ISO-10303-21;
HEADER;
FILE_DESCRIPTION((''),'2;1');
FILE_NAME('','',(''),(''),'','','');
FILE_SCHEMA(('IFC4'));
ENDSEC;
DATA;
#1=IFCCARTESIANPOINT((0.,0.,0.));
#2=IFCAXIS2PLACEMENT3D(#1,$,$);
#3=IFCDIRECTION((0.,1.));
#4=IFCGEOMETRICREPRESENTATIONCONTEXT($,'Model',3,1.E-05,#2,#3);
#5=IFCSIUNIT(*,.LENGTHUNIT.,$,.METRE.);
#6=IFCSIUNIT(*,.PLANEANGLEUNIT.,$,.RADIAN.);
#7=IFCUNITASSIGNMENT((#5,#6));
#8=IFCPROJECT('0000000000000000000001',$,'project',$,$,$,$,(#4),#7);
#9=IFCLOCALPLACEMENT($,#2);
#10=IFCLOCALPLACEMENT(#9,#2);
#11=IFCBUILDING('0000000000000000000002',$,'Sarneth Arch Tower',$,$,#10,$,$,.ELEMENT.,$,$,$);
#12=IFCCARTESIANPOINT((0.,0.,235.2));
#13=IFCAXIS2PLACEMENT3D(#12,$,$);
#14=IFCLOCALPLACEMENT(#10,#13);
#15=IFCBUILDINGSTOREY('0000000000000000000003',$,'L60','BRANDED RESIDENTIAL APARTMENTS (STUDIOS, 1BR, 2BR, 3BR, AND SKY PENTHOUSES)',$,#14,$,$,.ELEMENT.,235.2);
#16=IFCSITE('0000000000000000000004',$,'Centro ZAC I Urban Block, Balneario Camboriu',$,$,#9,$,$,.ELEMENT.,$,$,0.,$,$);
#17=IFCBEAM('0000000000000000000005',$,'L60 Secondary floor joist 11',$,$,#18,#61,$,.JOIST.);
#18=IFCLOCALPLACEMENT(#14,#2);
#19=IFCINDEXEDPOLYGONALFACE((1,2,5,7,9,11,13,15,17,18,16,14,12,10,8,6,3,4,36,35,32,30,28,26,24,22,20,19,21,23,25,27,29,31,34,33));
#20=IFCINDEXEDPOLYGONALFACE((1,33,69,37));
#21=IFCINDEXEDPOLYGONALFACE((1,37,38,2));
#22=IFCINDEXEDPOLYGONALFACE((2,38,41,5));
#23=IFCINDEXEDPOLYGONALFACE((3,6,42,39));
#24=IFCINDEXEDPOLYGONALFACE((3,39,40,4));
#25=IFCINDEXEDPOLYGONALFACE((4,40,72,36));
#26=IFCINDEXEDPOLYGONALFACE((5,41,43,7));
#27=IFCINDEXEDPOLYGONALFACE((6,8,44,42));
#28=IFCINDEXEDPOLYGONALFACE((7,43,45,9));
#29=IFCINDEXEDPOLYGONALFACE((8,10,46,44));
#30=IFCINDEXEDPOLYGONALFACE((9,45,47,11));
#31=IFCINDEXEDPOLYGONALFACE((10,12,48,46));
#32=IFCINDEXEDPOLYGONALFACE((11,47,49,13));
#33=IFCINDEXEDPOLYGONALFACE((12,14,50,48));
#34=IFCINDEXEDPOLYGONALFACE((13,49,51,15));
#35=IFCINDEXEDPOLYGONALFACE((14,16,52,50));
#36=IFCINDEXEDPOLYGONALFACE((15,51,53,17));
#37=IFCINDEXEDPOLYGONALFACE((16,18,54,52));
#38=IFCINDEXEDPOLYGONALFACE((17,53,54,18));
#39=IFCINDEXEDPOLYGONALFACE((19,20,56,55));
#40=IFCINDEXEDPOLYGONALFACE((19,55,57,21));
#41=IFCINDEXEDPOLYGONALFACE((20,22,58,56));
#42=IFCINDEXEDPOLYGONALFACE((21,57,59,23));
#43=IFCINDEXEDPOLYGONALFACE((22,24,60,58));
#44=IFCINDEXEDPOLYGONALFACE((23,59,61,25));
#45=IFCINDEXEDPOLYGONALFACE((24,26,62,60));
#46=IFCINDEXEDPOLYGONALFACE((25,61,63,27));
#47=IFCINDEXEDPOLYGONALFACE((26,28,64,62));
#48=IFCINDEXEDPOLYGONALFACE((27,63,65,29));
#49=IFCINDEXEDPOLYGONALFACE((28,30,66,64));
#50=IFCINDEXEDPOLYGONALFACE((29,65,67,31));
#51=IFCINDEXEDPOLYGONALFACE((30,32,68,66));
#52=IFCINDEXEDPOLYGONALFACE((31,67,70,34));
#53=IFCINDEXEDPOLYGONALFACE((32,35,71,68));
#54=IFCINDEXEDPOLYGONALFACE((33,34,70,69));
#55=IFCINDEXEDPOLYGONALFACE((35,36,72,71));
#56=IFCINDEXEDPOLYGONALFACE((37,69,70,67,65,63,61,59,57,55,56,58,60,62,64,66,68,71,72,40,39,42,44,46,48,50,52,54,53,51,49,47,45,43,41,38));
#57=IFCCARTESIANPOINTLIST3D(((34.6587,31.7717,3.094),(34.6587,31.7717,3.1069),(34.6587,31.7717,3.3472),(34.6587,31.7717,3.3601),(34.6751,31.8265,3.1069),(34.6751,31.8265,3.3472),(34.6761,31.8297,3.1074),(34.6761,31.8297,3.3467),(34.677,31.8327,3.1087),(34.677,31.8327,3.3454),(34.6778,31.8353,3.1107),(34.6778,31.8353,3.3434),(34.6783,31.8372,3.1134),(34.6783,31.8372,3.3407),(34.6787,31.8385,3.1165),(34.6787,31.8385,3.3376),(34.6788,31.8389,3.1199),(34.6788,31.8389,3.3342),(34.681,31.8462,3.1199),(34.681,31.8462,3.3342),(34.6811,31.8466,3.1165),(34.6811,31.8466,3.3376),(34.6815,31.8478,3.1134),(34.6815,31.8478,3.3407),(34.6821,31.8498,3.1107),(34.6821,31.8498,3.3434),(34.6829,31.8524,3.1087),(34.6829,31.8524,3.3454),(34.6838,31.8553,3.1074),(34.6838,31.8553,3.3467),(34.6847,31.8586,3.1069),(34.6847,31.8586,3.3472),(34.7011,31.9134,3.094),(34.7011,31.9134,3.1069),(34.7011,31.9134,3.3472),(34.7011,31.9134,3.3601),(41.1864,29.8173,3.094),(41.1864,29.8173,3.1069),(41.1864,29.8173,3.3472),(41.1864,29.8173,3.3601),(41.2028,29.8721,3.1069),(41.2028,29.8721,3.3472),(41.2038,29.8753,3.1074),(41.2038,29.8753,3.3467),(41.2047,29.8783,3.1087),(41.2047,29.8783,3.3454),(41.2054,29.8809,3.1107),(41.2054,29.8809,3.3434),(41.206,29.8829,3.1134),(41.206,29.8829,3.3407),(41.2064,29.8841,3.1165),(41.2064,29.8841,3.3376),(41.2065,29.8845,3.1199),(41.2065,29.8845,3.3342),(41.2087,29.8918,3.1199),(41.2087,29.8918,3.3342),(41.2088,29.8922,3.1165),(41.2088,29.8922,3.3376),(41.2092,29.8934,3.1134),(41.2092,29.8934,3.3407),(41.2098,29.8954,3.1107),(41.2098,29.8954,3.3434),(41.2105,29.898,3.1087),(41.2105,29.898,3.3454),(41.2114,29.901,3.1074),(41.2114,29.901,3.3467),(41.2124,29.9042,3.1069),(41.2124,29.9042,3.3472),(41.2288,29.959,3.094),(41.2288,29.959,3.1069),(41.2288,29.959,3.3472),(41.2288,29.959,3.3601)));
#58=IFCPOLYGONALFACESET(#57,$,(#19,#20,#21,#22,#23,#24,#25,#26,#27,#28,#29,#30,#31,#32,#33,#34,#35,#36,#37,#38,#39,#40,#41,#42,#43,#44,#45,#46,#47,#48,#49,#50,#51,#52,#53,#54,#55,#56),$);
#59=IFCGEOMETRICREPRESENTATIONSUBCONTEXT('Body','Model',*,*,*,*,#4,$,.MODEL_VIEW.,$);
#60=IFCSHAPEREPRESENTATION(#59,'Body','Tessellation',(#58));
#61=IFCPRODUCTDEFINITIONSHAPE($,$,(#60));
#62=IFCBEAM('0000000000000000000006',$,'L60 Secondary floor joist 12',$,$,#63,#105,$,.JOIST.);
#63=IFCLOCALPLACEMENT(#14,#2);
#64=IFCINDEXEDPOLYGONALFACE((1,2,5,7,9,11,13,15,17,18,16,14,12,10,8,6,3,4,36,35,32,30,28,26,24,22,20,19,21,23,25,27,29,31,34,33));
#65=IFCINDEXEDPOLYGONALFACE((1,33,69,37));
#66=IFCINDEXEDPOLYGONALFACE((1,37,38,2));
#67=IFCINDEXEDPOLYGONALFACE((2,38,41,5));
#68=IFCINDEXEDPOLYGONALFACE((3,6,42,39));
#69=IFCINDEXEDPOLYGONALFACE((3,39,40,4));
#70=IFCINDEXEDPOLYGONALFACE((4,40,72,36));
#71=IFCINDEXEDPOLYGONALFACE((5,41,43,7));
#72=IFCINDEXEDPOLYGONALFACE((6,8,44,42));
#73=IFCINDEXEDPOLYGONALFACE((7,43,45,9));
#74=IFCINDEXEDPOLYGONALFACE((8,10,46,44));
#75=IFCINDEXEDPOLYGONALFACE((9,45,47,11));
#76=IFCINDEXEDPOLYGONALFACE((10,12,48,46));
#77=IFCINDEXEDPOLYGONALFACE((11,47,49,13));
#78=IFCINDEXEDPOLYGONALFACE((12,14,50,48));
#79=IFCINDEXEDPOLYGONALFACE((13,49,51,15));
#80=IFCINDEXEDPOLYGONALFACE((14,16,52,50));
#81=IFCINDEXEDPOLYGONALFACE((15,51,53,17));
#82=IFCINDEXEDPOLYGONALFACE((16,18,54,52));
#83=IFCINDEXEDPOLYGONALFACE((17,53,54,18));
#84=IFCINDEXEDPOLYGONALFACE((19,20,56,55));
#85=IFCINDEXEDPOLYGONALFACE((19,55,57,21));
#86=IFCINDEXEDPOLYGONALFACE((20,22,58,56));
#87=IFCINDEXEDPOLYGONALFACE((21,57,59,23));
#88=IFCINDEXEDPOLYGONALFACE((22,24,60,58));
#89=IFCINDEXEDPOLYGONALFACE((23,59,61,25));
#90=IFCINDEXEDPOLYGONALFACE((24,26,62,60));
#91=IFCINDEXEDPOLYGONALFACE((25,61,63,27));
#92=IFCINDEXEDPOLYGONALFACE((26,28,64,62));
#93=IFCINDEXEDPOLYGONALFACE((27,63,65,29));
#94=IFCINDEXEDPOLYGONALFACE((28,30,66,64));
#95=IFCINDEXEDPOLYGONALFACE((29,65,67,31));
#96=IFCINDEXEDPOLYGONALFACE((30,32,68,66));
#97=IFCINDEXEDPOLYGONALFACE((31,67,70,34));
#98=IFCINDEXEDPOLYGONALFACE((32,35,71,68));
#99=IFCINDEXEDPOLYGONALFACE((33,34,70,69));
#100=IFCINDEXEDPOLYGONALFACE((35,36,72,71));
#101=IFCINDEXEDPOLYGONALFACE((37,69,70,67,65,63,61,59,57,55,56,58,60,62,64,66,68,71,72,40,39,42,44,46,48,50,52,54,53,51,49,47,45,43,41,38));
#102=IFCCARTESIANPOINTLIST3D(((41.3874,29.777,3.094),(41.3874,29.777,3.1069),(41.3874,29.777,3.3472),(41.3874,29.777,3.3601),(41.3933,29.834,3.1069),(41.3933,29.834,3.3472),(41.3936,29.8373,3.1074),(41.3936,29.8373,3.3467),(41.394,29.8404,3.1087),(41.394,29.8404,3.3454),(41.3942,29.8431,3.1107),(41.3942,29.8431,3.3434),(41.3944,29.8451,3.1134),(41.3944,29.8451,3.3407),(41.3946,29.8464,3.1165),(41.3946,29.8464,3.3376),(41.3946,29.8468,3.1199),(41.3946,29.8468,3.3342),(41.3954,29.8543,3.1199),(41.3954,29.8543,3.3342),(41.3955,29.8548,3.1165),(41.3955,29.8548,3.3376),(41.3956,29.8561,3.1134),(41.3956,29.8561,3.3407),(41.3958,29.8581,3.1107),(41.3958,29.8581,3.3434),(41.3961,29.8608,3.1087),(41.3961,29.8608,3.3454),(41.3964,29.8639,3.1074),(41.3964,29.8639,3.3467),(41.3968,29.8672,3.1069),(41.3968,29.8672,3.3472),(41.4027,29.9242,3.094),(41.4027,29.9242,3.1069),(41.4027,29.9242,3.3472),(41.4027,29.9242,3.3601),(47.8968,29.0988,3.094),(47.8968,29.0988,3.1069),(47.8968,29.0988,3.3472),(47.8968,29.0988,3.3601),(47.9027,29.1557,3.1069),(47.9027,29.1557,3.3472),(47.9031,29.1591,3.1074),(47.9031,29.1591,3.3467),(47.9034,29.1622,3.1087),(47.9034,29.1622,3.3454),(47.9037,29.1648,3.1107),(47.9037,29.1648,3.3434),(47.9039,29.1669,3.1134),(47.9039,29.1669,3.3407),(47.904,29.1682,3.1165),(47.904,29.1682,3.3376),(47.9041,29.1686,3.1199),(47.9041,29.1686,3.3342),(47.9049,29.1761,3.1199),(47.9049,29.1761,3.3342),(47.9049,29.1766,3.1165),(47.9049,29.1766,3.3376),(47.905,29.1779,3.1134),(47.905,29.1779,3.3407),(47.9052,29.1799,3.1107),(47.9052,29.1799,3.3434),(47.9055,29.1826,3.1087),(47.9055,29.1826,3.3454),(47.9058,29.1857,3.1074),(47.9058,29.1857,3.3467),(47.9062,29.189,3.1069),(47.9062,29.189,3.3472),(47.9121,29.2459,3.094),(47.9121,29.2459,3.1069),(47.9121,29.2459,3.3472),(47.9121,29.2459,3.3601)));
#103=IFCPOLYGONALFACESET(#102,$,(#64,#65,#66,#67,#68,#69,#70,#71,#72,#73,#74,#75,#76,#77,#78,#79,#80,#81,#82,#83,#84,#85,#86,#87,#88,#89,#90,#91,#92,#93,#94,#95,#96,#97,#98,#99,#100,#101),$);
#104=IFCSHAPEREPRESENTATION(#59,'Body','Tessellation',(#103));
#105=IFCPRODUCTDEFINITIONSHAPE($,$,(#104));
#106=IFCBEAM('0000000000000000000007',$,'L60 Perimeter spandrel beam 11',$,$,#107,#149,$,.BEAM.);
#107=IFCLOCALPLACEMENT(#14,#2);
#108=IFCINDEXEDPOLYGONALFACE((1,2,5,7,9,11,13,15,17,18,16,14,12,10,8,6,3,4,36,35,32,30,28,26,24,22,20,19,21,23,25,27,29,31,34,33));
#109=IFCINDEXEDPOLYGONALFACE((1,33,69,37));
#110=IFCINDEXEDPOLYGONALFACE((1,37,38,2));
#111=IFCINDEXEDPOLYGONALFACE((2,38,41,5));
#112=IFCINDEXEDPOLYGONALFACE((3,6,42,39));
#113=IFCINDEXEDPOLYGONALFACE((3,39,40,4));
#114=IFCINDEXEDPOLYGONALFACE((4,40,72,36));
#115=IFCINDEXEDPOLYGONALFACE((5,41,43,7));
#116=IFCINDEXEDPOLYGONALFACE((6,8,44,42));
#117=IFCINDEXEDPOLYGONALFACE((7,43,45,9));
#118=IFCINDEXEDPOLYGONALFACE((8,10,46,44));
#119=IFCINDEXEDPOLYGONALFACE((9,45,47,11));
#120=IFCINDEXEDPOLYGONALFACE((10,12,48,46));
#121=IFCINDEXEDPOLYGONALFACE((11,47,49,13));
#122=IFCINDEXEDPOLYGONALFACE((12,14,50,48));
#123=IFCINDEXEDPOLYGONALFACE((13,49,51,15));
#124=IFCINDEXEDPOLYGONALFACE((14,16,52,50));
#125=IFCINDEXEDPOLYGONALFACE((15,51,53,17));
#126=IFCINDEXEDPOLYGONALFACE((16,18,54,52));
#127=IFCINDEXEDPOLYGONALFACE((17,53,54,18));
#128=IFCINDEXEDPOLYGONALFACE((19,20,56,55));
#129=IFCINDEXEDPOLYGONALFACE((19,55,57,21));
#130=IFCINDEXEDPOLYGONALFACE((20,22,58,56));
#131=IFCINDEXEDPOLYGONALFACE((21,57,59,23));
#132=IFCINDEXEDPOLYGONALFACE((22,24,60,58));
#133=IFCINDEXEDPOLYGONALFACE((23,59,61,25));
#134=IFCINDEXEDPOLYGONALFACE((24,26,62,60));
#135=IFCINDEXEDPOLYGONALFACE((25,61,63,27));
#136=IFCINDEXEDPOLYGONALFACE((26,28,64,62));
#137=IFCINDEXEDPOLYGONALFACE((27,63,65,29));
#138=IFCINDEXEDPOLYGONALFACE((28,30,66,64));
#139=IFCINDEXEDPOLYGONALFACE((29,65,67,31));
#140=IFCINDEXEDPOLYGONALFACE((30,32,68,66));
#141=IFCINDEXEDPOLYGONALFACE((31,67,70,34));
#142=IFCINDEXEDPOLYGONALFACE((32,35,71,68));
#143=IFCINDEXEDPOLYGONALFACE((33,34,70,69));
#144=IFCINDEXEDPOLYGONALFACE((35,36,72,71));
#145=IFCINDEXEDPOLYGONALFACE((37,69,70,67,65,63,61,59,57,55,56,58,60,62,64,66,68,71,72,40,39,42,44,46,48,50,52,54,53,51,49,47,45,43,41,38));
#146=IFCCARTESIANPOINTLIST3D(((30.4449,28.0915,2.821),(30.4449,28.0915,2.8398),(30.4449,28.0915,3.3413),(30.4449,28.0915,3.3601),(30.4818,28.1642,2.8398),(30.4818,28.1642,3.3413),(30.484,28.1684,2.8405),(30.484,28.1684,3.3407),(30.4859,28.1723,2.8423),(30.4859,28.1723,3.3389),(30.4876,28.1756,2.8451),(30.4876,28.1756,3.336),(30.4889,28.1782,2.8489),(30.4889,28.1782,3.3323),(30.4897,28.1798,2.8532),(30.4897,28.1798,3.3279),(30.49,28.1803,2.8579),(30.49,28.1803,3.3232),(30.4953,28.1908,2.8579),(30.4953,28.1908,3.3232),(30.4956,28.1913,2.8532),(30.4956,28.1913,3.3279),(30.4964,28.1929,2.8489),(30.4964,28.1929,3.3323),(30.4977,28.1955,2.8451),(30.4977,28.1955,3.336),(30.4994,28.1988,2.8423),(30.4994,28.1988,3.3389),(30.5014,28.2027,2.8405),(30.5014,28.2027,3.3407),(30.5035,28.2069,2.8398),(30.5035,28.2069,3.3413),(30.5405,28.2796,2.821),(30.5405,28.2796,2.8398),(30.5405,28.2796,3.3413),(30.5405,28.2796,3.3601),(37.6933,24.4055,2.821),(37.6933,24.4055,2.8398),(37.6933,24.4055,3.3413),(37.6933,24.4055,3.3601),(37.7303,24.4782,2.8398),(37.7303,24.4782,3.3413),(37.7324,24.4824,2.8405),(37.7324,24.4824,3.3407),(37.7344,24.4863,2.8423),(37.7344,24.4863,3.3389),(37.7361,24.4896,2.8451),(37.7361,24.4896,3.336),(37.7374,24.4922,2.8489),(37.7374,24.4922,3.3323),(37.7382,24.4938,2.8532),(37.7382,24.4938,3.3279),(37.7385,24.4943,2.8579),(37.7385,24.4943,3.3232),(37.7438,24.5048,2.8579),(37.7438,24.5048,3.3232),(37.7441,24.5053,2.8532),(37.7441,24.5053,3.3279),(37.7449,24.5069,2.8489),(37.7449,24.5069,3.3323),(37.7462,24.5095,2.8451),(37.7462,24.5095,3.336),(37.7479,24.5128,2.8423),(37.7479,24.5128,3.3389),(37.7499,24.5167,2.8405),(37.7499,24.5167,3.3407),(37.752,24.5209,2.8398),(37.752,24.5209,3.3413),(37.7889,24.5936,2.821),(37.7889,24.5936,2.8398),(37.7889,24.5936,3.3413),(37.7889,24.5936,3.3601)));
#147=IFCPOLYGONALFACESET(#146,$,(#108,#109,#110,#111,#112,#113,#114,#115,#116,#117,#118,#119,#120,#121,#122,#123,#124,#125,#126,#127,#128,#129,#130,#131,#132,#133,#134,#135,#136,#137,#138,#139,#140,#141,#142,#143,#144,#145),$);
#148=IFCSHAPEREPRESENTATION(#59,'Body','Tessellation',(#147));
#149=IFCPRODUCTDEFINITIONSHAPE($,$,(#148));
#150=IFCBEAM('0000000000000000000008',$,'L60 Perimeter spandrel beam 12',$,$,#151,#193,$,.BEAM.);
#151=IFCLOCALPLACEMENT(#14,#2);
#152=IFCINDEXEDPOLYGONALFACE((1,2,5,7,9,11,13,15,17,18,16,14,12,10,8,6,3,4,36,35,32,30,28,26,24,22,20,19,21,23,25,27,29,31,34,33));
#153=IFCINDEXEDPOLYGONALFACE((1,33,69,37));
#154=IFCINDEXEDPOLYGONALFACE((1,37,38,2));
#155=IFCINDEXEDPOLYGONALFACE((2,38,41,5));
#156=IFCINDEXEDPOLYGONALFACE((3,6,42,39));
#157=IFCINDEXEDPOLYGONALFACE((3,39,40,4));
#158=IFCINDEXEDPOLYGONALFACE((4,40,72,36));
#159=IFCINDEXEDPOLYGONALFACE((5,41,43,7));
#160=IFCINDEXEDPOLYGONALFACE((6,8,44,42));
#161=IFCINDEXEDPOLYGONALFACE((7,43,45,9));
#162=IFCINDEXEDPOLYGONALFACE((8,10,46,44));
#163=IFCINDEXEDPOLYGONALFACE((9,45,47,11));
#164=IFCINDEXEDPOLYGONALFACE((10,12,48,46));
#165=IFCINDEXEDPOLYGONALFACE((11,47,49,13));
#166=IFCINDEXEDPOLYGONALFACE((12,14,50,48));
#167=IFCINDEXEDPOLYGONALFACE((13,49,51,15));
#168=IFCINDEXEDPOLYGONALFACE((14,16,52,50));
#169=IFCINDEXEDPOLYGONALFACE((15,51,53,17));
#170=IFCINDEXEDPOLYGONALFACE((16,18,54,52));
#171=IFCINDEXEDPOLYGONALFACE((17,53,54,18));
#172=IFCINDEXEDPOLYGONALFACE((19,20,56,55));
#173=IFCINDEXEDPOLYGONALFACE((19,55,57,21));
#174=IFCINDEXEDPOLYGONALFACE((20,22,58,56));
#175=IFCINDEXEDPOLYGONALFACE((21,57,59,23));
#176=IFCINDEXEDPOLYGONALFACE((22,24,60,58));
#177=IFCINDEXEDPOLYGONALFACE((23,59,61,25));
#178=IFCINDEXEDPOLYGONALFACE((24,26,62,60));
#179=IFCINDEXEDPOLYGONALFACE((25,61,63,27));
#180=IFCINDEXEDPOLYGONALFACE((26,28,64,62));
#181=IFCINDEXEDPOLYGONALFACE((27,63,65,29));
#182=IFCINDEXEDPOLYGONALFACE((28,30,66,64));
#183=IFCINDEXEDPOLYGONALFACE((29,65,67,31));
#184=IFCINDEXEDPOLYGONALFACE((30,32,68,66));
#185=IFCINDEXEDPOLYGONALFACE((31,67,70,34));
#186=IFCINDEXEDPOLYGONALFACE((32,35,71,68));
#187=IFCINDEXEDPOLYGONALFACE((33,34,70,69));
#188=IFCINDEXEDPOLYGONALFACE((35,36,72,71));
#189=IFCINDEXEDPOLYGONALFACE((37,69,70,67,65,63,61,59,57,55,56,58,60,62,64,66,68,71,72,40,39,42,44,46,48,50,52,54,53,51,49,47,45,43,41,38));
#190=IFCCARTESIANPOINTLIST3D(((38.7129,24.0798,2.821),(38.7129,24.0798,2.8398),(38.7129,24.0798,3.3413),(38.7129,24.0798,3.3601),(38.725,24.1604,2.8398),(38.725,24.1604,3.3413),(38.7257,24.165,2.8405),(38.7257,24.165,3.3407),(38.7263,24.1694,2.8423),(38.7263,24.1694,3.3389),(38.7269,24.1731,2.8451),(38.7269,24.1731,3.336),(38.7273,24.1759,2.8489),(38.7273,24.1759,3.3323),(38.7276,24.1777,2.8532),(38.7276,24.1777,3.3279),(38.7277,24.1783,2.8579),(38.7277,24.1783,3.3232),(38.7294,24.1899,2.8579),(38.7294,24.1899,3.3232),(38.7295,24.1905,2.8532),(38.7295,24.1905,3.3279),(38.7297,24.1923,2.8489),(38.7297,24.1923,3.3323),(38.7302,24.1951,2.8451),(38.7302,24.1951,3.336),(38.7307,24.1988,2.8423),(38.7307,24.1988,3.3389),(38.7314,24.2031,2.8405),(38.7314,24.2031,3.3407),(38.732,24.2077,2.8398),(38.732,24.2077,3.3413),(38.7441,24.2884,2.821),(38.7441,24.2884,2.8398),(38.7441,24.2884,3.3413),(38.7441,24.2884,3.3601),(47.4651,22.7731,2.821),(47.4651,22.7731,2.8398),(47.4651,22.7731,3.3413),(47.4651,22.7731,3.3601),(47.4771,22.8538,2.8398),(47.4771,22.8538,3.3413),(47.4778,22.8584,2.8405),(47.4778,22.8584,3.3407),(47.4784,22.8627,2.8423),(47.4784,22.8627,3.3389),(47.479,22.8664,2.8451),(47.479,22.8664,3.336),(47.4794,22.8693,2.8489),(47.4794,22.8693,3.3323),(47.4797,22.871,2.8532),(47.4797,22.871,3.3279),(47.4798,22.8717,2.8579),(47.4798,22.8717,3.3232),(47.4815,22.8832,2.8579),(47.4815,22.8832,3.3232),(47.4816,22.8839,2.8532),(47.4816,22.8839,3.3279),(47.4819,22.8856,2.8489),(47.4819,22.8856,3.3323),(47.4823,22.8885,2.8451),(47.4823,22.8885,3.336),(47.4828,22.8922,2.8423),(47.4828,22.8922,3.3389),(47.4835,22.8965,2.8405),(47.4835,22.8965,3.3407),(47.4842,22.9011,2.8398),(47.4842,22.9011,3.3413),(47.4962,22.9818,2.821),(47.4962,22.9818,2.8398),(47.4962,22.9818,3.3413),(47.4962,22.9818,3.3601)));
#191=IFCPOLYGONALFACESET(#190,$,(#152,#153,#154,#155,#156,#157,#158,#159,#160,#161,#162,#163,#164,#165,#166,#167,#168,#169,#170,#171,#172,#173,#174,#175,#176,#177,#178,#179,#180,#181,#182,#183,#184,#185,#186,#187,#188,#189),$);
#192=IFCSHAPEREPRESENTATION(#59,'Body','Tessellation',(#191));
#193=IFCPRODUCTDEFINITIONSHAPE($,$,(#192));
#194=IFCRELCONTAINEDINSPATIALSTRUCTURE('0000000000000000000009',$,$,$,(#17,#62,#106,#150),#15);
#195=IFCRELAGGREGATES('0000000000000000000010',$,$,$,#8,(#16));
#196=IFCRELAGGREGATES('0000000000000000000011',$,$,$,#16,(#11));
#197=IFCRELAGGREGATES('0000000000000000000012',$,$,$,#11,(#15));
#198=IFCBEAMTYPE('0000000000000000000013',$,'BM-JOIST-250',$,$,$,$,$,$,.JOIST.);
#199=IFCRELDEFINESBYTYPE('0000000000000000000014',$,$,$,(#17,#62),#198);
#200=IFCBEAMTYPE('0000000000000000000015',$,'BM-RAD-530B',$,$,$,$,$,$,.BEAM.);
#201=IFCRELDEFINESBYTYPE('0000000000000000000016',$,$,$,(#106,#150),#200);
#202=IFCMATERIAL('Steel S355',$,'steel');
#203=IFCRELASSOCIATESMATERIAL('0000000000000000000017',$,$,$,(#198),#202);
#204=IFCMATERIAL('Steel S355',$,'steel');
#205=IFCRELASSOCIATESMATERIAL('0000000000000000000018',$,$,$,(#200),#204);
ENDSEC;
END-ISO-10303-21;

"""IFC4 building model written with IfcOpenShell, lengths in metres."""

from ifc_helpers import new_model, si_unit, direction, frame, origin, origin_2d, place, context, subcontext, project, spatial, i_section, extrude, material, material_profile, profile_set, type_object, element, save


model = new_model("IFC4")

# Units and contexts
model_context = context("Model", 3, precision=1e-05, world=origin(), true_north=direction((0.0, 1.0)))
body_context = subcontext(model_context, "Body", "Model", "MODEL_VIEW")
ifc_project = project(units=[si_unit("LENGTHUNIT", "METRE"), si_unit("PLANEANGLEUNIT", "RADIAN")], contexts=[model_context])

# Site, building, storey
site_placement = place(None, origin())
site = spatial("IfcSite", under=ifc_project, at=site_placement, Name="Centro ZAC I Urban Block, Balneario Camboriu", CompositionType="ELEMENT", RefElevation=0.0)
building_placement = place(site_placement, origin())
building = spatial("IfcBuilding", under=site, at=building_placement, Name="Sarneth Arch Tower", CompositionType="ELEMENT")
storey_placement = place(building_placement, frame((0.0, 0.0, 235.2)))
storey = spatial("IfcBuildingStorey", under=building, at=storey_placement, Name="L60", Description="BRANDED RESIDENTIAL APARTMENTS (STUDIOS, 1BR, 2BR, 3BR, AND SKY PENTHOUSES)", CompositionType="ELEMENT", Elevation=235.2)

# Beams
ifc_material_1 = material(Name="Steel S355", Category="steel")
ifc_material_profile_1 = material_profile(ifc_material_1, i_section(OverallWidth=0.1479, OverallDepth=0.2661, WebThickness=0.0076, FlangeThickness=0.0129, FilletRadius=0.0129, at=origin_2d()), Name="W250x44.8")
ifc_profile_set_1 = profile_set([ifc_material_profile_1], Name="Steel S355")
beam_type_1 = type_object("IfcBeamType", Name="BM-JOIST-250", PredefinedType="JOIST", material=ifc_profile_set_1)
beam_1_placement = place(storey_placement, frame((34.6799, 31.8425, 3.2271), z_axis=(0.957985, -0.286819, 0.0), x_axis=(0.286819, 0.957985, 0.0)))
element("IfcBeam", 1, at=beam_1_placement, inside=storey, type_object=beam_type_1, Name="L60 Secondary floor joist 11", PredefinedType="JOIST", context=body_context, shape_type="SweptSolid", body=[
    extrude(i_section(OverallWidth=0.1479, OverallDepth=0.2661, WebThickness=0.0076, FlangeThickness=0.0129, FilletRadius=0.0129, at=origin_2d()), origin(), (0.0, 0.0, 1.0), 6.814),
])
beam_2_placement = place(storey_placement, frame((41.395, 29.8506, 3.2271), z_axis=(0.994616, -0.103628, 0.0), x_axis=(0.103628, 0.994616, 0.0)))
element("IfcBeam", 2, at=beam_2_placement, inside=storey, type_object=beam_type_1, Name="L60 Secondary floor joist 12", PredefinedType="JOIST", context=body_context, shape_type="SweptSolid", body=[
    extrude(i_section(OverallWidth=0.1479, OverallDepth=0.2661, WebThickness=0.0076, FlangeThickness=0.0129, FilletRadius=0.0129, at=origin_2d()), origin(), (0.0, 0.0, 1.0), 6.5447),
])
ifc_material_2 = material(Name="Steel S355", Category="steel")
ifc_material_profile_2 = material_profile(ifc_material_2, i_section(OverallWidth=0.2109, OverallDepth=0.5391, WebThickness=0.0117, FlangeThickness=0.0188, FilletRadius=0.0181, at=origin_2d()), Name="W530x109")
ifc_profile_set_2 = profile_set([ifc_material_profile_2], Name="Steel S355")
beam_type_2 = type_object("IfcBeamType", Name="BM-RAD-530B", PredefinedType="BEAM", material=ifc_profile_set_2)
beam_3_placement = place(storey_placement, frame((30.4927, 28.1855, 3.0906), z_axis=(0.891368, -0.45328, 0.0), x_axis=(0.45328, 0.891368, 0.0)))
element("IfcBeam", 3, at=beam_3_placement, inside=storey, type_object=beam_type_2, Name="L60 Perimeter spandrel beam 11", PredefinedType="BEAM", context=body_context, shape_type="SweptSolid", body=[
    extrude(i_section(OverallWidth=0.2109, OverallDepth=0.5391, WebThickness=0.0117, FlangeThickness=0.0188, FilletRadius=0.0181, at=origin_2d()), origin(), (0.0, 0.0, 1.0), 8.1318),
])
beam_4_placement = place(storey_placement, frame((38.7285, 24.1841, 3.0906), z_axis=(0.989039, -0.147656, 0.0), x_axis=(0.147656, 0.989039, 0.0)))
element("IfcBeam", 4, at=beam_4_placement, inside=storey, type_object=beam_type_2, Name="L60 Perimeter spandrel beam 12", PredefinedType="BEAM", context=body_context, shape_type="SweptSolid", body=[
    extrude(i_section(OverallWidth=0.2109, OverallDepth=0.5391, WebThickness=0.0117, FlangeThickness=0.0188, FilletRadius=0.0181, at=origin_2d()), origin(), (0.0, 0.0, 1.0), 8.8491),
])

save(model, "model.ifc")
